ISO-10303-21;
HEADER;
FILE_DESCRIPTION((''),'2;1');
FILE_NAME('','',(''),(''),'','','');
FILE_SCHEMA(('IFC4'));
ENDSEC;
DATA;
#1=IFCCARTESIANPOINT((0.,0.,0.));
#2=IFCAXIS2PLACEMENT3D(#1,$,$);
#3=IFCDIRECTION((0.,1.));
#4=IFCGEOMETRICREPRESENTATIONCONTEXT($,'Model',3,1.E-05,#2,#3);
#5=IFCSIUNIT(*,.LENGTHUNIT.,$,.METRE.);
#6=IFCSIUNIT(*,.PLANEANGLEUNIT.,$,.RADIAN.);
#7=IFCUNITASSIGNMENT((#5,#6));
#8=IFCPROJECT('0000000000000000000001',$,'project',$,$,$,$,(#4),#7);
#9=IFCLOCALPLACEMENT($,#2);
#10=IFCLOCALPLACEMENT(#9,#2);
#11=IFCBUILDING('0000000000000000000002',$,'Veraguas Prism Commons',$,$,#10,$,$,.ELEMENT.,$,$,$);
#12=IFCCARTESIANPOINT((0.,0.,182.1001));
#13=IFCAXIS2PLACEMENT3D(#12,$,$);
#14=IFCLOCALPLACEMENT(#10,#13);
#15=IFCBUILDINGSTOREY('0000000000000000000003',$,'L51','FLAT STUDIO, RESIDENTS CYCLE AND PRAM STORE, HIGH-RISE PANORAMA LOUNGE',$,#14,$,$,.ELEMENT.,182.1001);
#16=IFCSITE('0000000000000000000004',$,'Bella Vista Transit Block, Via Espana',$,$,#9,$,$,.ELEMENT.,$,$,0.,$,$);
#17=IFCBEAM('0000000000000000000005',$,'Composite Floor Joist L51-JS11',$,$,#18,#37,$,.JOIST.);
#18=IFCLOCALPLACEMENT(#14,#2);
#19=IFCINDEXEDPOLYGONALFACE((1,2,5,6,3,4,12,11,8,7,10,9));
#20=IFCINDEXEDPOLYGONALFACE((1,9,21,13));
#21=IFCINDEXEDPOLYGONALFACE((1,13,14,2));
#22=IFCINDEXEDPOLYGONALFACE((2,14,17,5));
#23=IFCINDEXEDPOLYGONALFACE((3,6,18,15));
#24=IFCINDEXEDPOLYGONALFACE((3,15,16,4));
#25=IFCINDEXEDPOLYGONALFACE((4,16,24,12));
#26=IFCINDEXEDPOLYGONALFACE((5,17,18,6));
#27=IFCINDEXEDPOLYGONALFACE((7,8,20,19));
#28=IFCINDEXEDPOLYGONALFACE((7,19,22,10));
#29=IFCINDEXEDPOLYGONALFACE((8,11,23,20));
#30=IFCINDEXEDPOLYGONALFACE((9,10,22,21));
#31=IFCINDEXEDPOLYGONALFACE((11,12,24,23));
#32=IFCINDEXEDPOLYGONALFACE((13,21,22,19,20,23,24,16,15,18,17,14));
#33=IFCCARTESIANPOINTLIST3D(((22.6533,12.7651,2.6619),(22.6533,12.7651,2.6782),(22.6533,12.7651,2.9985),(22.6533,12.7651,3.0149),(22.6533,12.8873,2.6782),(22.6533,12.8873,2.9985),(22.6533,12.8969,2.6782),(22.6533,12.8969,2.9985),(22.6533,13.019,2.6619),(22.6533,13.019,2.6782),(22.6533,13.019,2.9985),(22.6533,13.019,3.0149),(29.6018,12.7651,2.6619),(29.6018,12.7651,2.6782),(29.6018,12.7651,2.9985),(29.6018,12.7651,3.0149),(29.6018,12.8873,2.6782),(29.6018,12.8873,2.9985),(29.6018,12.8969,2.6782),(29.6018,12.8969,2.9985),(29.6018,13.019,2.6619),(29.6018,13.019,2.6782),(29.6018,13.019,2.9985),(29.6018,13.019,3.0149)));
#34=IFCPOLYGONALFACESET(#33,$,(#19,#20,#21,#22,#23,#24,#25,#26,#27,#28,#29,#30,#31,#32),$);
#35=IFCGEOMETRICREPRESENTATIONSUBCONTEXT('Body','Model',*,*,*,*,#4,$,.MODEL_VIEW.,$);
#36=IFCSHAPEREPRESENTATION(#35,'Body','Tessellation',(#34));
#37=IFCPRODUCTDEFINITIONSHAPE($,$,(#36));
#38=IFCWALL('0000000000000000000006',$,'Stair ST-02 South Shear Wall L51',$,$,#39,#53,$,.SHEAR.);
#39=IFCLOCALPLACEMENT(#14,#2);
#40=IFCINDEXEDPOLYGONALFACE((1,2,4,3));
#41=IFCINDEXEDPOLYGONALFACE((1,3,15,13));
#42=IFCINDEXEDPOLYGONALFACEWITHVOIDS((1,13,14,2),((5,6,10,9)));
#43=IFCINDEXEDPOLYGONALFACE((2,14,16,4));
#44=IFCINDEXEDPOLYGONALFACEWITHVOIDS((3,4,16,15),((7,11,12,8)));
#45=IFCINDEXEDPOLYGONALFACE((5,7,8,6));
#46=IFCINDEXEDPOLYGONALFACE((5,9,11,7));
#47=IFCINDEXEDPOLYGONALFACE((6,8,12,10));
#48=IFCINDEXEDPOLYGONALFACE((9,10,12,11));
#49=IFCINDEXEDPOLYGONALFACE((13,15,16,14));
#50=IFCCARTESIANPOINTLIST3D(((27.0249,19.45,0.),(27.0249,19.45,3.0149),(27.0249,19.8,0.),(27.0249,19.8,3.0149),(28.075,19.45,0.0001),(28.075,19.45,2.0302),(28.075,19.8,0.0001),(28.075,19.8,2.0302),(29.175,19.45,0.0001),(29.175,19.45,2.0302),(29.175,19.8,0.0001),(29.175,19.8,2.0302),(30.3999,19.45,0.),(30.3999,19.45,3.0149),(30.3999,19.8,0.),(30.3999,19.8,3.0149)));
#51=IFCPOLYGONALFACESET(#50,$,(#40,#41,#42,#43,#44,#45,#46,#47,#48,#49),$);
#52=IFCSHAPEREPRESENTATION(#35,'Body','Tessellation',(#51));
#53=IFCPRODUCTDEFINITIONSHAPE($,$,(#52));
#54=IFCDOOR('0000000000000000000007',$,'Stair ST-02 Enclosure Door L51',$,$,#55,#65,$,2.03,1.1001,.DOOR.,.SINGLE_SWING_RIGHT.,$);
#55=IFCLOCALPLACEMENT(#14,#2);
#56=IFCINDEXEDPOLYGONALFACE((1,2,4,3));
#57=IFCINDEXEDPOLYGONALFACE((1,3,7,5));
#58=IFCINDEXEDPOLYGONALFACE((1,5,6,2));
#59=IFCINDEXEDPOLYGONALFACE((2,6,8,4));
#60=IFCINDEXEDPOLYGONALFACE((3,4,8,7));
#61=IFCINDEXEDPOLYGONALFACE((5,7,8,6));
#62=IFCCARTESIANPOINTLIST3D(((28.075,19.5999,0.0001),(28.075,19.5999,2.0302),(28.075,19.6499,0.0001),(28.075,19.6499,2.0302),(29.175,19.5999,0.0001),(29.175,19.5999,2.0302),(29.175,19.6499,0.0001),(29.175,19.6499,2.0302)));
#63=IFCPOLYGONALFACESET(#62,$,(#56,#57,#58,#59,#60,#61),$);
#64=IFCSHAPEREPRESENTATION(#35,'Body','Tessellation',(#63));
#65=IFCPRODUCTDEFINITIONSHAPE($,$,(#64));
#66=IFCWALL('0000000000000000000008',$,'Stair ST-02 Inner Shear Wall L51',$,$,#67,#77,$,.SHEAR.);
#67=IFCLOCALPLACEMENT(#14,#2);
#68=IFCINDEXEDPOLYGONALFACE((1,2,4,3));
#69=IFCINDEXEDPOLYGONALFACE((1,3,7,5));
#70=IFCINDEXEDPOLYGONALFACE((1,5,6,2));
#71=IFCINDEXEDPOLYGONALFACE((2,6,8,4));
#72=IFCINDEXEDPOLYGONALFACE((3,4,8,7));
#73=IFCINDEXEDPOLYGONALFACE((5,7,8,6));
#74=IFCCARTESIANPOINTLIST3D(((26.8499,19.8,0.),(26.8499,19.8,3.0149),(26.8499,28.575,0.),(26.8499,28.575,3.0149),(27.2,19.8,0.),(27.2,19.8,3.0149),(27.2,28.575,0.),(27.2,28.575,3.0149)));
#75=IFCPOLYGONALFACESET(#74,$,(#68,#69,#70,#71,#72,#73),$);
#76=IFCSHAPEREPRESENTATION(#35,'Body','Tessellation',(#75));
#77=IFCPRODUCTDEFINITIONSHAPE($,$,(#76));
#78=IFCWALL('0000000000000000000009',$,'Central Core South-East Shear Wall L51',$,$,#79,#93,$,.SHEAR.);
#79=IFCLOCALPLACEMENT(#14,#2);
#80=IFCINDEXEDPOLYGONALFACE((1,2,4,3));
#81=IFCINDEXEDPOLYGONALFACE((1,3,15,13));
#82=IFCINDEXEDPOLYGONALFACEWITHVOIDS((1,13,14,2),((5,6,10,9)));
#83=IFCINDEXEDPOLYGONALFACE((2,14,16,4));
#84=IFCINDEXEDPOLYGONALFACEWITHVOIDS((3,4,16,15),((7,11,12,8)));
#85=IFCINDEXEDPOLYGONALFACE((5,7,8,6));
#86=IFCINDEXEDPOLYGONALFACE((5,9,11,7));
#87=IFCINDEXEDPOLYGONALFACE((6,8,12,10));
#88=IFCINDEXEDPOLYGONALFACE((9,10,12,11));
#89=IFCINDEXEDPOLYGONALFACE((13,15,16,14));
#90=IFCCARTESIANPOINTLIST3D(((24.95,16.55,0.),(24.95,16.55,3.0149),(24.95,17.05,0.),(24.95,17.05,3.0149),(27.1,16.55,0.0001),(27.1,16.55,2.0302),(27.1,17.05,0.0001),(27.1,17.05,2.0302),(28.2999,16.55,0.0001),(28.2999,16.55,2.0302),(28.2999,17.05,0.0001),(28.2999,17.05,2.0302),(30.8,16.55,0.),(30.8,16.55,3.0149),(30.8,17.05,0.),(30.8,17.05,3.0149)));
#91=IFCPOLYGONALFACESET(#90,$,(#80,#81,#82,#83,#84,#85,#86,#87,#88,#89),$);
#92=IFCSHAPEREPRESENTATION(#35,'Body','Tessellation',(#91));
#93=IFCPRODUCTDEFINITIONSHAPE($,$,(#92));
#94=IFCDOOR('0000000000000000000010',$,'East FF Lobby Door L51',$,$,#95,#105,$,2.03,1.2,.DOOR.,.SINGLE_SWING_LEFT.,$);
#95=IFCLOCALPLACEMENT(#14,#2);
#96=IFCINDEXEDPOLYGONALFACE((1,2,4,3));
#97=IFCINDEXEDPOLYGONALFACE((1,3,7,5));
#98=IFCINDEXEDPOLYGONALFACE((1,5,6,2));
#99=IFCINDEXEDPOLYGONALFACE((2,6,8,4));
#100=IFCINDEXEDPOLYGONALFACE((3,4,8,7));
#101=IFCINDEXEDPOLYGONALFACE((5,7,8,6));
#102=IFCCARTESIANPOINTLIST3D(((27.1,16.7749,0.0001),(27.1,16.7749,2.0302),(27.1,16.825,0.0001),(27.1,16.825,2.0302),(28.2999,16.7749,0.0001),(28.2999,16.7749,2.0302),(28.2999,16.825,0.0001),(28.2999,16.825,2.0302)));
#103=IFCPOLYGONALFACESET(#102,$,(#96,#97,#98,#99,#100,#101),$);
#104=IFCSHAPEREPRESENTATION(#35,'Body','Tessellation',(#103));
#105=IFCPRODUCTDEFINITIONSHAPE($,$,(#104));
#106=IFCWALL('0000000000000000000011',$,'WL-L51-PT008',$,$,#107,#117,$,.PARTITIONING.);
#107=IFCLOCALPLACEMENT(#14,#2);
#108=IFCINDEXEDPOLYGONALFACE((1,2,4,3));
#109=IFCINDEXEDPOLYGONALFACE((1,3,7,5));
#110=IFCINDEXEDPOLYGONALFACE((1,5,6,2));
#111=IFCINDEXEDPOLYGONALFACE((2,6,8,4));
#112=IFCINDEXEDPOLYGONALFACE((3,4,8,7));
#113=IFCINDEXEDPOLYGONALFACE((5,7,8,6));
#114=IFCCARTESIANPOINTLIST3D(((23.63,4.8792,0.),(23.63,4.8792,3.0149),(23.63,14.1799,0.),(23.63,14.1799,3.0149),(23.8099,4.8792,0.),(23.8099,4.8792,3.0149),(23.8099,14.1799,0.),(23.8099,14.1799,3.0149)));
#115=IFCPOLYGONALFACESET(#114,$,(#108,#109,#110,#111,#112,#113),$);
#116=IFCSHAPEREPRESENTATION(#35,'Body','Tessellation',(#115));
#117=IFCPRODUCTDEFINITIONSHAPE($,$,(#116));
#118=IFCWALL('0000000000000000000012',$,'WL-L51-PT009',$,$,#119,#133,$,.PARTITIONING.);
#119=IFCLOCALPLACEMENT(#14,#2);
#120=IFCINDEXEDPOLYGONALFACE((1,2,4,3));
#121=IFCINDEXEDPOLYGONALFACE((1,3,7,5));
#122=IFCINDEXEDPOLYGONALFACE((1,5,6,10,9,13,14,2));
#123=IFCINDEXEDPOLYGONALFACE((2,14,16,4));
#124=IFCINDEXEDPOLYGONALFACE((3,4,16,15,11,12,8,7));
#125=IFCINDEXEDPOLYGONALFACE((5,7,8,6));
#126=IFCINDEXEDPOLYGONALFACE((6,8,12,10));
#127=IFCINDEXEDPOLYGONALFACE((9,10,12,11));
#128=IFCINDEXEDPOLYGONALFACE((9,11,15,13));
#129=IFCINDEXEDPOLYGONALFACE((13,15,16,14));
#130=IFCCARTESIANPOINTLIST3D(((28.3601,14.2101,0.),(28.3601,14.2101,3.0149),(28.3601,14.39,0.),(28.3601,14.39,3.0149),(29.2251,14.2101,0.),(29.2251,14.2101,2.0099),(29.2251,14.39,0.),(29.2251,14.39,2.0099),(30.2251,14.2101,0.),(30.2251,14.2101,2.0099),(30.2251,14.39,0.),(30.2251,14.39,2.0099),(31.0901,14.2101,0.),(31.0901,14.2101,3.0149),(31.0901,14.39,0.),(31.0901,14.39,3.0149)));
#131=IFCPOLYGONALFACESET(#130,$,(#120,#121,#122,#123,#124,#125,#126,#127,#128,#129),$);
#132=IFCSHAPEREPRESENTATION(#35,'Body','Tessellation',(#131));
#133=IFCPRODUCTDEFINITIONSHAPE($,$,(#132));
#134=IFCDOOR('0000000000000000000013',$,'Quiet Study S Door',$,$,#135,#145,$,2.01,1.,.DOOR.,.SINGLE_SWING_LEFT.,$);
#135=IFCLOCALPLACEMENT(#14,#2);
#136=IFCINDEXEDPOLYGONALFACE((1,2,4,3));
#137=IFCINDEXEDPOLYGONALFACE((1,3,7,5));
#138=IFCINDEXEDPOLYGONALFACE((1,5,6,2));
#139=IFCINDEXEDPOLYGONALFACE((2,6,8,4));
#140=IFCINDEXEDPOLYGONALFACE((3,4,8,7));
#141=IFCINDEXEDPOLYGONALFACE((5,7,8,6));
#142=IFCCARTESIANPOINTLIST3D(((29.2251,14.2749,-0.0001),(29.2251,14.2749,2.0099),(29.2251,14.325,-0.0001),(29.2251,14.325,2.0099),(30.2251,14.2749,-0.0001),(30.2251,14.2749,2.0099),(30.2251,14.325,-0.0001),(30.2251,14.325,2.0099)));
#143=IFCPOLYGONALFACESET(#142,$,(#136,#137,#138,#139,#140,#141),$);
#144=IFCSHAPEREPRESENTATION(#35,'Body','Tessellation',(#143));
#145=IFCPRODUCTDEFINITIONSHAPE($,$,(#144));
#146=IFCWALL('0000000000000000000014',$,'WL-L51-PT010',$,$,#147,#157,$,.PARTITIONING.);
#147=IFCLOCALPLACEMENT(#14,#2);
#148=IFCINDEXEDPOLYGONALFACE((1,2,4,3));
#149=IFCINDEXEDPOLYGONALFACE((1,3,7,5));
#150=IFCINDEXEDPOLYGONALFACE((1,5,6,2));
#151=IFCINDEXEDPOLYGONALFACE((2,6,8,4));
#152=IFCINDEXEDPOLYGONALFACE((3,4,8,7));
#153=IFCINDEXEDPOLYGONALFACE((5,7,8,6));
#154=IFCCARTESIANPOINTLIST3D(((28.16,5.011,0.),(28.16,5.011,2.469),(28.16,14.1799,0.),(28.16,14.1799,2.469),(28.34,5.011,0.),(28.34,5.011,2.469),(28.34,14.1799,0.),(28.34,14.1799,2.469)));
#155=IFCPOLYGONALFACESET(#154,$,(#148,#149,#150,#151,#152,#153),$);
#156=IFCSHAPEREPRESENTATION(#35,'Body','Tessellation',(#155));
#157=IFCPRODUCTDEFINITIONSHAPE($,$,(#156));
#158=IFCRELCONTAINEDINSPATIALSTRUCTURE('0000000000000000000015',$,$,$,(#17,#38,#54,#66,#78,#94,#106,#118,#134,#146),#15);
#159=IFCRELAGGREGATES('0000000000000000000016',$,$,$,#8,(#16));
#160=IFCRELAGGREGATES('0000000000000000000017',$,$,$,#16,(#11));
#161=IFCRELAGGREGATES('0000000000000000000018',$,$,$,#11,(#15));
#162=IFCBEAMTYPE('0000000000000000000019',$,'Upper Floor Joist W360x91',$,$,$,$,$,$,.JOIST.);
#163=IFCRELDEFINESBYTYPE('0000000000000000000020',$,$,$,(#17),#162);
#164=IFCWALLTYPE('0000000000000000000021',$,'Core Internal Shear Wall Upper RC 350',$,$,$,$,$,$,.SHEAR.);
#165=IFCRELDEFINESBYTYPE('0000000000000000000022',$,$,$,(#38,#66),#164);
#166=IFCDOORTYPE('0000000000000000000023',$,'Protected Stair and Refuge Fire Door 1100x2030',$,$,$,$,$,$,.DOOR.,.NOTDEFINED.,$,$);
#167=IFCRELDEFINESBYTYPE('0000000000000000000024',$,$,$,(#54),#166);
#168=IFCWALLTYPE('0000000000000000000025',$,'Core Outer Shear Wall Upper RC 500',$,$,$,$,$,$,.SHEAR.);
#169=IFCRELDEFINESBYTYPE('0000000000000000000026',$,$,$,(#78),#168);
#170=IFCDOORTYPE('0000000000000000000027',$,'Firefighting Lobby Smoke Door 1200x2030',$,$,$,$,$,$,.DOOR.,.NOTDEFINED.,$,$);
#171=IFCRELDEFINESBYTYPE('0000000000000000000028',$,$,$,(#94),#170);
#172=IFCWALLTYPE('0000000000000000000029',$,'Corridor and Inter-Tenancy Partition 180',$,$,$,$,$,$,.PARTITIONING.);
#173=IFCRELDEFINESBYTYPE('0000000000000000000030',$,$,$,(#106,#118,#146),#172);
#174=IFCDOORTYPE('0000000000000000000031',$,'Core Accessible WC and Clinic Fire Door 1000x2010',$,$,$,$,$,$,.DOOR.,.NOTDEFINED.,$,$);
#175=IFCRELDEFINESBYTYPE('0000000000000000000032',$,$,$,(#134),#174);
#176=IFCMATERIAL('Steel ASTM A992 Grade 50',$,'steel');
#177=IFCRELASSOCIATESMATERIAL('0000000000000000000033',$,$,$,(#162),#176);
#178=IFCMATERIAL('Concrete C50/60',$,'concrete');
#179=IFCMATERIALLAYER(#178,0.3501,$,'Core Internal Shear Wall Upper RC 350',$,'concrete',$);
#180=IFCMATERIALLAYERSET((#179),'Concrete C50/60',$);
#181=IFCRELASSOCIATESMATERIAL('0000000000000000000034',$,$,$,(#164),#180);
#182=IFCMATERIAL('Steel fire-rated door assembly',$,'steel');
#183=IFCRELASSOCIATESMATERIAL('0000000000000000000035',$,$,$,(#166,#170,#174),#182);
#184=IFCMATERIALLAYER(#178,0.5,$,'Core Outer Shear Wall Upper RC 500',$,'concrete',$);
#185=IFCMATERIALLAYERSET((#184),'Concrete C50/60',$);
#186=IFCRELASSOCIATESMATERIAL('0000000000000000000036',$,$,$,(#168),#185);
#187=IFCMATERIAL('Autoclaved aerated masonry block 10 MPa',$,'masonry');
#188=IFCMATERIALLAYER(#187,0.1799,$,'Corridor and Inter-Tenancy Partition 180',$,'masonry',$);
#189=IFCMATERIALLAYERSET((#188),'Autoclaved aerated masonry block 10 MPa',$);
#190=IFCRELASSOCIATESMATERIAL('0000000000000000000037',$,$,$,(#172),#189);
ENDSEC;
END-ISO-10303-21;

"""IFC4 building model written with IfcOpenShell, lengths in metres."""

from ifc_helpers import new_model, si_unit, direction, frame, frame_2d, origin, origin_2d, place, context, subcontext, project, spatial, rectangle, i_section, extrude, source, transform, mapped, material, layer, layer_set, material_profile, profile_set, type_object, element, fill, save


model = new_model("IFC4")

# Units and contexts
model_context = context("Model", 3, precision=1e-05, world=origin(), true_north=direction((0.0, 1.0)))
body_context = subcontext(model_context, "Body", "Model", "MODEL_VIEW")
ifc_project = project(units=[si_unit("LENGTHUNIT", "METRE"), si_unit("PLANEANGLEUNIT", "RADIAN")], contexts=[model_context])

# Site, building, storey
site_placement = place(None, origin())
site = spatial("IfcSite", under=ifc_project, at=site_placement, Name="Bella Vista Transit Block, Via Espana", CompositionType="ELEMENT", RefElevation=0.0)
building_placement = place(site_placement, origin())
building = spatial("IfcBuilding", under=site, at=building_placement, Name="Veraguas Prism Commons", CompositionType="ELEMENT")
storey_placement = place(building_placement, frame((0.0, 0.0, 182.1001)))
storey = spatial("IfcBuildingStorey", under=building, at=storey_placement, Name="L51", Description="FLAT STUDIO, RESIDENTS CYCLE AND PRAM STORE, HIGH-RISE PANORAMA LOUNGE", CompositionType="ELEMENT", Elevation=182.1001)

# Beam
ifc_material_1 = material(Name="Steel ASTM A992 Grade 50", Category="steel")
ifc_material_profile = material_profile(ifc_material_1, i_section(OverallWidth=0.2539, OverallDepth=0.353, WebThickness=0.0095, FlangeThickness=0.0164, at=origin_2d()), Name="W360X91")
ifc_profile_set = profile_set([ifc_material_profile], Name="Steel ASTM A992 Grade 50")
beam_type = type_object("IfcBeamType", Name="Upper Floor Joist W360x91", PredefinedType="JOIST", material=ifc_profile_set)
beam_placement = place(storey_placement, frame((22.6533, 12.8921, 2.8384), z_axis=(1.0, 0.0, 0.0), x_axis=(0.0, 1.0, 0.0)))
element("IfcBeam", 1, at=beam_placement, inside=storey, type_object=beam_type, Name="Composite Floor Joist L51-JS11", PredefinedType="JOIST", context=body_context, shape_type="SweptSolid", body=[
    extrude(i_section(OverallWidth=0.2539, OverallDepth=0.353, WebThickness=0.0095, FlangeThickness=0.0164, at=origin_2d()), origin(), (0.0, 0.0, 1.0), 6.9485),
])

# Wall, opening, door
ifc_material_2 = material(Name="Concrete C50/60", Category="concrete")
ifc_layer_1 = layer(ifc_material_2, 0.3501, Name="Core Internal Shear Wall Upper RC 350", Category="concrete")
ifc_layer_set_1 = layer_set([ifc_layer_1], Name="Concrete C50/60")
wall_type_1 = type_object("IfcWallType", Name="Core Internal Shear Wall Upper RC 350", PredefinedType="SHEAR", material=ifc_layer_set_1)
wall_1_placement = place(storey_placement, frame((27.0249, 19.625, 0.0), z_axis=(0.0, 0.0, 1.0), x_axis=(1.0, 0.0, 0.0)))
wall_1 = element("IfcWall", 2, at=wall_1_placement, inside=storey, type_object=wall_type_1, Name="Stair ST-02 South Shear Wall L51", PredefinedType="SHEAR", context=body_context, shape_type="SweptSolid", body=[
    extrude(rectangle(XDim=3.375, YDim=0.3501, at=frame_2d((1.6875, 0.0))), origin(), (0.0, 0.0, 1.0), 3.0149),
])
opening_1_placement = place(wall_1_placement, frame((1.05, 0.0, 0.0)))
opening_1 = element("IfcOpeningElement", 3, at=opening_1_placement, cuts=wall_1, PredefinedType="OPENING", context=body_context, shape_type="SweptSolid", body=[
    extrude(rectangle(XDim=1.1001, YDim=2.03, at=frame_2d((0.55, 1.0151))), frame((0.0, 0.1851, 0.0), z_axis=(0.0, -1.0, 0.0), x_axis=(1.0, 0.0, 0.0)), (0.0, 0.0, 1.0), 0.3701),
])
ifc_material_3 = material(Name="Steel fire-rated door assembly", Category="steel")
door_type_1 = type_object("IfcDoorType", Name="Protected Stair and Refuge Fire Door 1100x2030", OperationType="NOTDEFINED", PredefinedType="DOOR", material=ifc_material_3)
shared_shape_1 = source(origin(), body_context, "Body", "SweptSolid", [
    extrude(rectangle(XDim=1.1001, YDim=2.03, at=frame_2d((0.55, 1.0151))), frame((0.0, 0.0249, 0.0), z_axis=(0.0, -1.0, 0.0), x_axis=(1.0, 0.0, 0.0)), (0.0, 0.0, 1.0), 0.05),
])
door_1_placement = place(opening_1_placement, origin())
door_1 = element("IfcDoor", 4, at=door_1_placement, inside=storey, type_object=door_type_1, Name="Stair ST-02 Enclosure Door L51", OperationType="SINGLE_SWING_RIGHT", OverallHeight=2.03, OverallWidth=1.1001, PredefinedType="DOOR", context=body_context, shape_type="MappedRepresentation", body=[
    mapped(shared_shape_1, transform((0.0, 0.0, 0.0), scale=1.0)),
])
fill(opening_1, door_1)

# Wall
wall_2_placement = place(storey_placement, frame((27.0249, 19.8, 0.0), z_axis=(0.0, 0.0, 1.0), x_axis=(0.0, 1.0, 0.0)))
element("IfcWall", 5, at=wall_2_placement, inside=storey, type_object=wall_type_1, Name="Stair ST-02 Inner Shear Wall L51", PredefinedType="SHEAR", context=body_context, shape_type="SweptSolid", body=[
    extrude(rectangle(XDim=8.7749, YDim=0.3501, at=frame_2d((4.3875, 0.0))), origin(), (0.0, 0.0, 1.0), 3.0149),
])

# Wall, opening, door
ifc_layer_2 = layer(ifc_material_2, 0.5, Name="Core Outer Shear Wall Upper RC 500", Category="concrete")
ifc_layer_set_2 = layer_set([ifc_layer_2], Name="Concrete C50/60")
wall_type_2 = type_object("IfcWallType", Name="Core Outer Shear Wall Upper RC 500", PredefinedType="SHEAR", material=ifc_layer_set_2)
wall_3_placement = place(storey_placement, frame((24.95, 16.8, 0.0), z_axis=(0.0, 0.0, 1.0), x_axis=(1.0, 0.0, 0.0)))
wall_3 = element("IfcWall", 6, at=wall_3_placement, inside=storey, type_object=wall_type_2, Name="Central Core South-East Shear Wall L51", PredefinedType="SHEAR", context=body_context, shape_type="SweptSolid", body=[
    extrude(rectangle(XDim=5.8501, YDim=0.5, at=frame_2d((2.925, 0.0))), origin(), (0.0, 0.0, 1.0), 3.0149),
])
opening_2_placement = place(wall_3_placement, frame((2.1499, 0.0, 0.0)))
opening_2 = element("IfcOpeningElement", 7, at=opening_2_placement, cuts=wall_3, PredefinedType="OPENING", context=body_context, shape_type="SweptSolid", body=[
    extrude(rectangle(XDim=1.2, YDim=2.03, at=frame_2d((0.6001, 1.0151))), frame((0.0, 0.26, 0.0), z_axis=(0.0, -1.0, 0.0), x_axis=(1.0, 0.0, 0.0)), (0.0, 0.0, 1.0), 0.52),
])
door_type_2 = type_object("IfcDoorType", Name="Firefighting Lobby Smoke Door 1200x2030", OperationType="NOTDEFINED", PredefinedType="DOOR", material=ifc_material_3)
shared_shape_2 = source(origin(), body_context, "Body", "SweptSolid", [
    extrude(rectangle(XDim=1.2, YDim=2.03, at=frame_2d((0.6001, 1.0151))), frame((0.0, 0.0249, 0.0), z_axis=(0.0, -1.0, 0.0), x_axis=(1.0, 0.0, 0.0)), (0.0, 0.0, 1.0), 0.05),
])
door_2_placement = place(opening_2_placement, origin())
door_2 = element("IfcDoor", 8, at=door_2_placement, inside=storey, type_object=door_type_2, Name="East FF Lobby Door L51", OperationType="SINGLE_SWING_LEFT", OverallHeight=2.03, OverallWidth=1.2, PredefinedType="DOOR", context=body_context, shape_type="MappedRepresentation", body=[
    mapped(shared_shape_2, transform((0.0, 0.0, 0.0), scale=1.0)),
])
fill(opening_2, door_2)

# Wall
ifc_material_4 = material(Name="Autoclaved aerated masonry block 10 MPa", Category="masonry")
ifc_layer_3 = layer(ifc_material_4, 0.1799, Name="Corridor and Inter-Tenancy Partition 180", Category="masonry")
ifc_layer_set_3 = layer_set([ifc_layer_3], Name="Autoclaved aerated masonry block 10 MPa")
wall_type_3 = type_object("IfcWallType", Name="Corridor and Inter-Tenancy Partition 180", PredefinedType="PARTITIONING", material=ifc_layer_set_3)
wall_4_placement = place(storey_placement, frame((23.72, 14.1799, 0.0), z_axis=(0.0, 0.0, 1.0), x_axis=(0.0, -1.0, 0.0)))
element("IfcWall", 9, at=wall_4_placement, inside=storey, type_object=wall_type_3, Name="WL-L51-PT008", PredefinedType="PARTITIONING", context=body_context, shape_type="SweptSolid", body=[
    extrude(rectangle(XDim=9.3008, YDim=0.1799, at=frame_2d((4.6504, 0.0))), origin(), (0.0, 0.0, 1.0), 3.0149),
])

# Wall, opening, door
wall_5_placement = place(storey_placement, frame((28.3601, 14.3, 0.0), z_axis=(0.0, 0.0, 1.0), x_axis=(1.0, 0.0, 0.0)))
wall_5 = element("IfcWall", 10, at=wall_5_placement, inside=storey, type_object=wall_type_3, Name="WL-L51-PT009", PredefinedType="PARTITIONING", context=body_context, shape_type="SweptSolid", body=[
    extrude(rectangle(XDim=2.73, YDim=0.1799, at=frame_2d((1.365, 0.0))), origin(), (0.0, 0.0, 1.0), 3.0149),
])
opening_3_placement = place(wall_5_placement, frame((0.865, 0.0, 0.0)))
opening_3 = element("IfcOpeningElement", 11, at=opening_3_placement, cuts=wall_5, PredefinedType="OPENING", context=body_context, shape_type="SweptSolid", body=[
    extrude(rectangle(XDim=1.0, YDim=2.01, at=frame_2d((0.5, 1.0049))), frame((0.0, 0.0999, 0.0), z_axis=(0.0, -1.0, 0.0), x_axis=(1.0, 0.0, 0.0)), (0.0, 0.0, 1.0), 0.2),
])
door_type_3 = type_object("IfcDoorType", Name="Core Accessible WC and Clinic Fire Door 1000x2010", OperationType="NOTDEFINED", PredefinedType="DOOR", material=ifc_material_3)
shared_shape_3 = source(origin(), body_context, "Body", "SweptSolid", [
    extrude(rectangle(XDim=1.0, YDim=2.01, at=frame_2d((0.5, 1.0049))), frame((0.0, 0.0249, 0.0), z_axis=(0.0, -1.0, 0.0), x_axis=(1.0, 0.0, 0.0)), (0.0, 0.0, 1.0), 0.05),
])
door_3_placement = place(opening_3_placement, origin())
door_3 = element("IfcDoor", 12, at=door_3_placement, inside=storey, type_object=door_type_3, Name="Quiet Study S Door", OperationType="SINGLE_SWING_LEFT", OverallHeight=2.01, OverallWidth=1.0, PredefinedType="DOOR", context=body_context, shape_type="MappedRepresentation", body=[
    mapped(shared_shape_3, transform((0.0, 0.0, 0.0), scale=1.0)),
])
fill(opening_3, door_3)

# Wall
wall_6_placement = place(storey_placement, frame((28.25, 14.1799, 0.0), z_axis=(0.0, 0.0, 1.0), x_axis=(0.0, -1.0, 0.0)))
element("IfcWall", 13, at=wall_6_placement, inside=storey, type_object=wall_type_3, Name="WL-L51-PT010", PredefinedType="PARTITIONING", context=body_context, shape_type="SweptSolid", body=[
    extrude(rectangle(XDim=9.1689, YDim=0.1799, at=frame_2d((4.5845, 0.0))), origin(), (0.0, 0.0, 1.0), 2.469),
])

save(model, "model.ifc")
